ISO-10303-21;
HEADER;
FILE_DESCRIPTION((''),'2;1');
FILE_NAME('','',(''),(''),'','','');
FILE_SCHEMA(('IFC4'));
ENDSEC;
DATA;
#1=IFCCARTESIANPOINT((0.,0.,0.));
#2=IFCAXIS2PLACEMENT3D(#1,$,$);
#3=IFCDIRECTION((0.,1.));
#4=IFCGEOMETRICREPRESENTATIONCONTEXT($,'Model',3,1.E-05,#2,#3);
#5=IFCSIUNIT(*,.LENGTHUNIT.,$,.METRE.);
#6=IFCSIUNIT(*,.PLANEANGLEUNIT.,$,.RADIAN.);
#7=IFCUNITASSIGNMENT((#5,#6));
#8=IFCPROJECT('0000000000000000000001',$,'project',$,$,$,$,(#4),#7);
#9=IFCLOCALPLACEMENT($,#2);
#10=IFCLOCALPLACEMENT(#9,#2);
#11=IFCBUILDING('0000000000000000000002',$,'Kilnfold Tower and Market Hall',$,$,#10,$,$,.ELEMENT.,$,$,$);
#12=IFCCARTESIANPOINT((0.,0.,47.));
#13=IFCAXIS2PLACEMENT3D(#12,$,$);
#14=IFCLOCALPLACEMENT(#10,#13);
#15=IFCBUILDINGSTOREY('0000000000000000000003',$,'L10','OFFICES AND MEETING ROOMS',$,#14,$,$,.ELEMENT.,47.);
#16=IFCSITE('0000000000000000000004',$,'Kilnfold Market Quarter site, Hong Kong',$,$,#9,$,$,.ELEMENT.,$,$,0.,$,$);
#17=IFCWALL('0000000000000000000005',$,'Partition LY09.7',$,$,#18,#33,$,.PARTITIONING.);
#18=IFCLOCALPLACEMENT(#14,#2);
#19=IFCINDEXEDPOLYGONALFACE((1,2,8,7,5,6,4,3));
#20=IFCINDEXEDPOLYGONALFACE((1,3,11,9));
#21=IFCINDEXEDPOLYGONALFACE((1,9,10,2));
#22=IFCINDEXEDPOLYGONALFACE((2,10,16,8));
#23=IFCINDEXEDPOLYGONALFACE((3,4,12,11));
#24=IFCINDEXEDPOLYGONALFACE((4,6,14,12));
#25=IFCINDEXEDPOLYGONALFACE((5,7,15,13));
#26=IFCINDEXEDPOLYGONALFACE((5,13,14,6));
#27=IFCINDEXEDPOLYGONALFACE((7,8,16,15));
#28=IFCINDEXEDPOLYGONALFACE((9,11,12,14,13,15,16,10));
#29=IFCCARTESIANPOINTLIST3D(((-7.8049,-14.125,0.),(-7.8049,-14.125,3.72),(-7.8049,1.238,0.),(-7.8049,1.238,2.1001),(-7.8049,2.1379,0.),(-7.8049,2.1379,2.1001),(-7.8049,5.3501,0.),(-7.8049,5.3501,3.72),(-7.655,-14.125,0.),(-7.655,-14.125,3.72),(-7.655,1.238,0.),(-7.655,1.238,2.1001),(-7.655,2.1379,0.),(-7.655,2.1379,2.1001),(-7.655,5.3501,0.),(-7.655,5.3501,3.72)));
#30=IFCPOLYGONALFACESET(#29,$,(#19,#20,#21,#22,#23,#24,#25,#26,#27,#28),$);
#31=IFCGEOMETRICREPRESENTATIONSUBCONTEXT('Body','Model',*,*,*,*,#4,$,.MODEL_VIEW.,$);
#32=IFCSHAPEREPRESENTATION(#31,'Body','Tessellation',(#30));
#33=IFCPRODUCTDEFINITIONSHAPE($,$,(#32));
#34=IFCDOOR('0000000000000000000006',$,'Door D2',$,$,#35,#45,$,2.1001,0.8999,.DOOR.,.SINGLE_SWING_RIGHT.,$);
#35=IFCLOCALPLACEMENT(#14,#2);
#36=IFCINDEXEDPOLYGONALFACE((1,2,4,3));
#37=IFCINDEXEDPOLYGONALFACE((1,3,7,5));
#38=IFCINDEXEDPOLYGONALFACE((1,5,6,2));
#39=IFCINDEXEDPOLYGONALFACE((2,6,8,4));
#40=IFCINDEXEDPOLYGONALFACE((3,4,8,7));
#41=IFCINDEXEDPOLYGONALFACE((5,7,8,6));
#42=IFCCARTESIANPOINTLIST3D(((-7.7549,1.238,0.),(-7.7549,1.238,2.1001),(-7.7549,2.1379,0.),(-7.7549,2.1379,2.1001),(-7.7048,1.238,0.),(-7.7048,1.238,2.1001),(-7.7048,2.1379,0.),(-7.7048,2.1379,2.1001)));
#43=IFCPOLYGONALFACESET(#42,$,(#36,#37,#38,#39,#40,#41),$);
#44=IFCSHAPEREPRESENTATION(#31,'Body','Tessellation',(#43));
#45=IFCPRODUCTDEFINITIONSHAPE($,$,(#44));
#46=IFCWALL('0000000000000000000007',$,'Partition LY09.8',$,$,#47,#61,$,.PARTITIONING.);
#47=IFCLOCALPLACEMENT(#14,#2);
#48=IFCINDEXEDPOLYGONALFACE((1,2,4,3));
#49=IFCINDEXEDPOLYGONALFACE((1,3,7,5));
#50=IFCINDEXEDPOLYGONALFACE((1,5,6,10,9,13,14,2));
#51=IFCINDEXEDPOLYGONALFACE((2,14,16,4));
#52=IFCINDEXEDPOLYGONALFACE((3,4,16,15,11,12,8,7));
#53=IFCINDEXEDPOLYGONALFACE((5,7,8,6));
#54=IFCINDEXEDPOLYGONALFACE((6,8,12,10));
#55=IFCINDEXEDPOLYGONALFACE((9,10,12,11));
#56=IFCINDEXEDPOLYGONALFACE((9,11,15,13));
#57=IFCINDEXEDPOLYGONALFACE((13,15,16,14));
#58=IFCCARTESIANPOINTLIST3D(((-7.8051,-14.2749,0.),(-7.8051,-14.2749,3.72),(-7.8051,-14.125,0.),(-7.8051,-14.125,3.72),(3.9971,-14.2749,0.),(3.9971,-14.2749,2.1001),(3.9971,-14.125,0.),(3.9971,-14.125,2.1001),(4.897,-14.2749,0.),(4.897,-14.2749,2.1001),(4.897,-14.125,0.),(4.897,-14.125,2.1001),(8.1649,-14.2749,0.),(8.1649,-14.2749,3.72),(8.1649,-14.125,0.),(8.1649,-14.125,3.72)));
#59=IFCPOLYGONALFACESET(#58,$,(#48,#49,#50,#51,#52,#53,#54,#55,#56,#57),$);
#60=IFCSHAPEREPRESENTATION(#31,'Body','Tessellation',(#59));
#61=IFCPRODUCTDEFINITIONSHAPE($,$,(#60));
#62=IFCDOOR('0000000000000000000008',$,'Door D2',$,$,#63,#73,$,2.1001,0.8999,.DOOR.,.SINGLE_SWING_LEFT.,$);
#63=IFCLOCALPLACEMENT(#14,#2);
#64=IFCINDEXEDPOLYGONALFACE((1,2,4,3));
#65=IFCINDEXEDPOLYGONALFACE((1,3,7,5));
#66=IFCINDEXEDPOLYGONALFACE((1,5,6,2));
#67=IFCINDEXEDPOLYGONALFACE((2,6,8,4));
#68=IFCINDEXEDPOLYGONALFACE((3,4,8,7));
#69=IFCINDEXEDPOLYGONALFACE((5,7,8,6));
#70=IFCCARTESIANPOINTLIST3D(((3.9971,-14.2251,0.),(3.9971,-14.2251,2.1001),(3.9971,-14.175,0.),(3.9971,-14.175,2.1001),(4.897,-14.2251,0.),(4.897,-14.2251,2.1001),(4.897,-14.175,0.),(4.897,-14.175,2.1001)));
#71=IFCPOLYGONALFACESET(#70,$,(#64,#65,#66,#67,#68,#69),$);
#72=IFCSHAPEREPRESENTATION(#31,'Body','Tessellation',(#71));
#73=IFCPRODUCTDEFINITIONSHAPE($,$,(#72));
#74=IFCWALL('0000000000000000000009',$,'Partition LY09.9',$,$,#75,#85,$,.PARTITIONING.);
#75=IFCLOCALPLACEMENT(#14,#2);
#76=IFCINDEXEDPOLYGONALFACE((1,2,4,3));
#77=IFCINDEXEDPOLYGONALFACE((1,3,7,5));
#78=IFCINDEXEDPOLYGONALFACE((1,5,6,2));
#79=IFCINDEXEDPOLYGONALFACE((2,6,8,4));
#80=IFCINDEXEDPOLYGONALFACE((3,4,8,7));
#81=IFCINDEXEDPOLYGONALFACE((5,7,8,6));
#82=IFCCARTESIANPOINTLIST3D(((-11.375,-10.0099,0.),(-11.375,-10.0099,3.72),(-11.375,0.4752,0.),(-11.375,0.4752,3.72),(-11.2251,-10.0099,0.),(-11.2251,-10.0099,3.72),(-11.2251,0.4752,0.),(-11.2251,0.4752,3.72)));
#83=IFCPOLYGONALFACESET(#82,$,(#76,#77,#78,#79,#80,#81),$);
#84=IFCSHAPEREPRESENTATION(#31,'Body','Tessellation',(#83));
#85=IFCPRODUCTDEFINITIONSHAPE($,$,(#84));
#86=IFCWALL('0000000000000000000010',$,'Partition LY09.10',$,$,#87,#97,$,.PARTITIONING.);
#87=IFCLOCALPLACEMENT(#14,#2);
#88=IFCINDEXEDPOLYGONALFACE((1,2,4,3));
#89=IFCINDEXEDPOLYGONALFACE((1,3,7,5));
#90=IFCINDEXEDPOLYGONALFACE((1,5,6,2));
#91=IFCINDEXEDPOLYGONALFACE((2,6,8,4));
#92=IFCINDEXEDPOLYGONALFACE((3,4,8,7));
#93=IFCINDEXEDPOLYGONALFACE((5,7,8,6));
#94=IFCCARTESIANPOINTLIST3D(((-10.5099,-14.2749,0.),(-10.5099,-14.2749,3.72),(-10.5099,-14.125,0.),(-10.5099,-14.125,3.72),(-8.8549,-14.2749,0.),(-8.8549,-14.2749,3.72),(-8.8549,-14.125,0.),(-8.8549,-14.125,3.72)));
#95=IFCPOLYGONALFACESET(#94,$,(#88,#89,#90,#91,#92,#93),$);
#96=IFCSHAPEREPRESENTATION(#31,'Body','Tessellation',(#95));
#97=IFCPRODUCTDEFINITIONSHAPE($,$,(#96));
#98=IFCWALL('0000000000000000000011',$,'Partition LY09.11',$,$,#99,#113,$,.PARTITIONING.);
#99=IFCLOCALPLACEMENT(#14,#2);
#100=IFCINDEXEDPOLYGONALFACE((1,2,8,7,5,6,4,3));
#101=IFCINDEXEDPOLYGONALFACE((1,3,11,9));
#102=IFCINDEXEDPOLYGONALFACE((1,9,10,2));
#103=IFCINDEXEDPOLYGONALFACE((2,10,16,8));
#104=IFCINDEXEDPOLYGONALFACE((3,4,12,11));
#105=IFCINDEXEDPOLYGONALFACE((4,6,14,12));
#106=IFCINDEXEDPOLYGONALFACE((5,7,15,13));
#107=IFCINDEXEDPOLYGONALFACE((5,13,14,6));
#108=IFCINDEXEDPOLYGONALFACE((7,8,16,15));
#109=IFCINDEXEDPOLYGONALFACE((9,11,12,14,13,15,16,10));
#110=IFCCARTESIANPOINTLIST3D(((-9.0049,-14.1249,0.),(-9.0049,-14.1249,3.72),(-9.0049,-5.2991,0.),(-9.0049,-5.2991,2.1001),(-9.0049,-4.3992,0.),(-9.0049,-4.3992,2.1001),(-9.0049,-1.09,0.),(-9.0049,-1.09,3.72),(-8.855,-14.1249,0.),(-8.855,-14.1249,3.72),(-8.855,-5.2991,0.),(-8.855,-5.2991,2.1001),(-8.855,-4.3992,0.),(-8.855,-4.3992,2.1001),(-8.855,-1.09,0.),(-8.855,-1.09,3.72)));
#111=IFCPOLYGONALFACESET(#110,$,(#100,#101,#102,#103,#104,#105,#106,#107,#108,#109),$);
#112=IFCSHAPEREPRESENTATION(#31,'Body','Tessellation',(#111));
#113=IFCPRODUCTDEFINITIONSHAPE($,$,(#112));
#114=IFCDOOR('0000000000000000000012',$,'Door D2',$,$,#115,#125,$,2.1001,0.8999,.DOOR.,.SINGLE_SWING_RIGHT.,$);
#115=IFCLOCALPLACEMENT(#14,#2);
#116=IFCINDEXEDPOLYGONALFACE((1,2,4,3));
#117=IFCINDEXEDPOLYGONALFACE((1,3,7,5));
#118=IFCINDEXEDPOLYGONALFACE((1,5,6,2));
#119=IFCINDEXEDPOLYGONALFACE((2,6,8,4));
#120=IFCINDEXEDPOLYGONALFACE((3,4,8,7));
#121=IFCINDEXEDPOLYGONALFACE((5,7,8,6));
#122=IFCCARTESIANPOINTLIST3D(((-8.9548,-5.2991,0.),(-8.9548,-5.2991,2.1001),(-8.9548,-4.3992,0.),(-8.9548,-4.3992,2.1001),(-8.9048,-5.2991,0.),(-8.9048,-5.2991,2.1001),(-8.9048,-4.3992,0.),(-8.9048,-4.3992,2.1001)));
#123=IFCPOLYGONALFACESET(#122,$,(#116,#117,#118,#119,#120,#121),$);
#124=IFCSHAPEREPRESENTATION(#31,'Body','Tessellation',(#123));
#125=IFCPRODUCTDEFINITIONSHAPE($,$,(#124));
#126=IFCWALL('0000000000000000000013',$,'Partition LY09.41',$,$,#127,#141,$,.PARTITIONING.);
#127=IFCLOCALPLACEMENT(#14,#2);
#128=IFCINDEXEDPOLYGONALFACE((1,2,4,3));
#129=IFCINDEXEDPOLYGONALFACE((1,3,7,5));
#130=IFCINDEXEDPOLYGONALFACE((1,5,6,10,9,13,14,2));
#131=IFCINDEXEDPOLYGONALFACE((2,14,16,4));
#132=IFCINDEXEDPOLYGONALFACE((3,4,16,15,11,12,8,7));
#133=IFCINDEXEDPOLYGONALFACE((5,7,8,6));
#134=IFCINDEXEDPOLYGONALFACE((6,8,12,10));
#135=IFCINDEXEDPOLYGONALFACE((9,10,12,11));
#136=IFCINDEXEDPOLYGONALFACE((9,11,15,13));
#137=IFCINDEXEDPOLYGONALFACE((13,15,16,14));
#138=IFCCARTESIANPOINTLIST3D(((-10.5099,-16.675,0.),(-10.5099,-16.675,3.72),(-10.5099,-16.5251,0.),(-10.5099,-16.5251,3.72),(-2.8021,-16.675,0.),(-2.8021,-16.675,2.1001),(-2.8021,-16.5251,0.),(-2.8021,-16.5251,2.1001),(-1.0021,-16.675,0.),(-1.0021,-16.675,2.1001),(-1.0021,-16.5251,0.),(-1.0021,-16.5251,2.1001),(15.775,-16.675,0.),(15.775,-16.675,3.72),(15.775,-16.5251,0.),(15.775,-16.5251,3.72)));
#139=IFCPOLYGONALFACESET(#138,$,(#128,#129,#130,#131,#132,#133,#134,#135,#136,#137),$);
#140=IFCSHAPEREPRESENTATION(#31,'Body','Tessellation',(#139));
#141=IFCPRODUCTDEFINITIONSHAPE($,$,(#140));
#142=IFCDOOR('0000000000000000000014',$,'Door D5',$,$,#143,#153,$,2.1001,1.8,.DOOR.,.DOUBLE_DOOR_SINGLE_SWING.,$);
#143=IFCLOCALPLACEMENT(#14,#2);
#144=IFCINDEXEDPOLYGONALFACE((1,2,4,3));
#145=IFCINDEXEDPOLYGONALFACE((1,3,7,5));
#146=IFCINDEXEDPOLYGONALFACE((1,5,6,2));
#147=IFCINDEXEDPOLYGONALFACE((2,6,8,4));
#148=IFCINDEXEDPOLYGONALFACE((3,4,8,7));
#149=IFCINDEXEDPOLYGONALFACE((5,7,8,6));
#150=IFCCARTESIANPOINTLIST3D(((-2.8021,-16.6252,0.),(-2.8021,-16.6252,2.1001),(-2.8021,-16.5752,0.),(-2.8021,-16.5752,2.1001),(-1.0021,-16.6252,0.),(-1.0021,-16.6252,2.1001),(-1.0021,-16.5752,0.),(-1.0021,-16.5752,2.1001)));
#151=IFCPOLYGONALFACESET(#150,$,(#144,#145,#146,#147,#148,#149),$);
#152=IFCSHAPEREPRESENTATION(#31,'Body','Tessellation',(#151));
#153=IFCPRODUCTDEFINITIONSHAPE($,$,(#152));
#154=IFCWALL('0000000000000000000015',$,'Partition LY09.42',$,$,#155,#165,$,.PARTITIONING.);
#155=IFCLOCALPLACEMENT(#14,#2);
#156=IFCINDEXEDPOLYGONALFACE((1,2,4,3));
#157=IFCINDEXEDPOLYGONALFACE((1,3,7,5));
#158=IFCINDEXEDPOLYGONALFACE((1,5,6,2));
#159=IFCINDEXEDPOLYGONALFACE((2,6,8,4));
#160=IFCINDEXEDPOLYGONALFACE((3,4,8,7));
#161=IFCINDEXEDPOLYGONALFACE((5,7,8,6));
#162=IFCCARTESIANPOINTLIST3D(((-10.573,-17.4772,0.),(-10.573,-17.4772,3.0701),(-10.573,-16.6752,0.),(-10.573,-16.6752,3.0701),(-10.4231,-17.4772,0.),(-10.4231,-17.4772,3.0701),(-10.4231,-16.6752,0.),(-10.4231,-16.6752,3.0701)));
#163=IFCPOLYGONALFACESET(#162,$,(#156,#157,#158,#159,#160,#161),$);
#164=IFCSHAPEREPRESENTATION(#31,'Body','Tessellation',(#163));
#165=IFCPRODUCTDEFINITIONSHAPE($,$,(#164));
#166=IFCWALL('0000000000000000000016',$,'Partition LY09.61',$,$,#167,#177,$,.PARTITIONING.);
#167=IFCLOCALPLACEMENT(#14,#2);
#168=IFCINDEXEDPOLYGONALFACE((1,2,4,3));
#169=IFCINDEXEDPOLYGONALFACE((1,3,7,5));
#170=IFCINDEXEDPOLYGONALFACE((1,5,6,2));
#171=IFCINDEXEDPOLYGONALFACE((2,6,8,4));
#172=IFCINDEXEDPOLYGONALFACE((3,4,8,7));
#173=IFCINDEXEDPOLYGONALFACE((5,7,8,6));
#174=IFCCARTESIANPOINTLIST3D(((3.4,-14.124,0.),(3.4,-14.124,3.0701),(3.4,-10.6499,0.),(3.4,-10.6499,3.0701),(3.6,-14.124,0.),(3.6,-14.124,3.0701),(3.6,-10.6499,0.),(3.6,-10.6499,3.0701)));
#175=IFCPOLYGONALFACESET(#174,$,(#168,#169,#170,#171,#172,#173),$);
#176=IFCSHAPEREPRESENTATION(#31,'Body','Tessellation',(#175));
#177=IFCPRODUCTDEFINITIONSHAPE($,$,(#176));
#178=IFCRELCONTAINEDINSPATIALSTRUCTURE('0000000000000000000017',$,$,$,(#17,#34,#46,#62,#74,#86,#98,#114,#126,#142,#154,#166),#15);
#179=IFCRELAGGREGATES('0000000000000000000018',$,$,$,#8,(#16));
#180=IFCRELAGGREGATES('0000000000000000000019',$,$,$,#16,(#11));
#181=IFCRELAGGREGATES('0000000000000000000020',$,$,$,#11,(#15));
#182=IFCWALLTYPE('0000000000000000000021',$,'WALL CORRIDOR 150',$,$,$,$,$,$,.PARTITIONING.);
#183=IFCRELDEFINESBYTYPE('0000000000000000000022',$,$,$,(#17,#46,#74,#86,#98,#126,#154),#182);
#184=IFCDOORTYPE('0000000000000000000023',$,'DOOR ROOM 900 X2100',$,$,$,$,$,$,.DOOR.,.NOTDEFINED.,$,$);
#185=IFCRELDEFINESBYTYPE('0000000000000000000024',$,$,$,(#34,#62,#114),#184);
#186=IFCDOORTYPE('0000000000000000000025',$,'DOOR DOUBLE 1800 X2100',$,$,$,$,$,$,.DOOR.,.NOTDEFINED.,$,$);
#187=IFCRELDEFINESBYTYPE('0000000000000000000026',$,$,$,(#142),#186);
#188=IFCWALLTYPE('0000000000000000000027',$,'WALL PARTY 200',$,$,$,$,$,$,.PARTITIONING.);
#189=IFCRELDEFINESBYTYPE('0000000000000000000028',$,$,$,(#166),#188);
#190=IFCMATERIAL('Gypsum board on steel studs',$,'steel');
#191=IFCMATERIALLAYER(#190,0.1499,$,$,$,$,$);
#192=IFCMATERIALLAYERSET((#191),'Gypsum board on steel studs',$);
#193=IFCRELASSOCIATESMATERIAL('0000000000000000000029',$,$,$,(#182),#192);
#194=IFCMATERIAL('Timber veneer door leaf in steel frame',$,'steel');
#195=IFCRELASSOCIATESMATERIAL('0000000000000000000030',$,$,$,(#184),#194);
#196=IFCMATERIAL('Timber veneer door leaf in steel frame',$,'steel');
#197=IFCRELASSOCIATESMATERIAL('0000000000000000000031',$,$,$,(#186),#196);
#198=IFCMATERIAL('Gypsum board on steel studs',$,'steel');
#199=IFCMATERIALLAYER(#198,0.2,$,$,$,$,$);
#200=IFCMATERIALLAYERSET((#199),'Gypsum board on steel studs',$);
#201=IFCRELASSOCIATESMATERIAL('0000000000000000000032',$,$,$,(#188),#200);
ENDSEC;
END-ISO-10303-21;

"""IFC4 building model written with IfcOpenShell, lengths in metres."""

from ifc_helpers import new_model, si_unit, direction, frame, frame_2d, origin, place, context, subcontext, project, spatial, rectangle, extrude, material, layer, layer_set, type_object, element, fill, save


model = new_model("IFC4")

# Units and contexts
model_context = context("Model", 3, precision=1e-05, world=origin(), true_north=direction((0.0, 1.0)))
body_context = subcontext(model_context, "Body", "Model", "MODEL_VIEW")
ifc_project = project(units=[si_unit("LENGTHUNIT", "METRE"), si_unit("PLANEANGLEUNIT", "RADIAN")], contexts=[model_context])

# Site, building, storey
site_placement = place(None, origin())
site = spatial("IfcSite", under=ifc_project, at=site_placement, Name="Kilnfold Market Quarter site, Hong Kong", CompositionType="ELEMENT", RefElevation=0.0)
building_placement = place(site_placement, origin())
building = spatial("IfcBuilding", under=site, at=building_placement, Name="Kilnfold Tower and Market Hall", CompositionType="ELEMENT")
storey_placement = place(building_placement, frame((0.0, 0.0, 47.0)))
storey = spatial("IfcBuildingStorey", under=building, at=storey_placement, Name="L10", Description="OFFICES AND MEETING ROOMS", CompositionType="ELEMENT", Elevation=47.0)

# Walls, openings, doors
ifc_material_1 = material(Name="Gypsum board on steel studs", Category="steel")
ifc_layer_1 = layer(ifc_material_1, 0.1499)
ifc_layer_set_1 = layer_set([ifc_layer_1], Name="Gypsum board on steel studs")
wall_type_1 = type_object("IfcWallType", Name="WALL CORRIDOR 150", PredefinedType="PARTITIONING", material=ifc_layer_set_1)
wall_1_placement = place(storey_placement, frame((-7.73, -14.125, 0.0), z_axis=(0.0, 0.0, 1.0), x_axis=(0.0, 1.0, 0.0)))
wall_1 = element("IfcWall", 1, at=wall_1_placement, inside=storey, type_object=wall_type_1, Name="Partition LY09.7", PredefinedType="PARTITIONING", context=body_context, shape_type="SweptSolid", body=[
    extrude(rectangle(XDim=19.4751, YDim=0.1499, at=frame_2d((9.7375, 0.0))), origin(), (0.0, 0.0, 1.0), 3.72),
])
opening_1_placement = place(wall_1_placement, frame((15.363, 0.0, 0.0)))
opening_1 = element("IfcOpeningElement", 2, at=opening_1_placement, cuts=wall_1, PredefinedType="OPENING", context=body_context, shape_type="SweptSolid", body=[
    extrude(rectangle(XDim=0.8999, YDim=2.1001, at=frame_2d((0.45, 1.05))), frame((0.0, 0.085, 0.0), z_axis=(0.0, -1.0, 0.0), x_axis=(1.0, 0.0, 0.0)), (0.0, 0.0, 1.0), 0.1699),
])
ifc_material_2 = material(Name="Timber veneer door leaf in steel frame", Category="steel")
door_type_1 = type_object("IfcDoorType", Name="DOOR ROOM 900 X2100", OperationType="NOTDEFINED", PredefinedType="DOOR", material=ifc_material_2)
door_1_placement = place(opening_1_placement, origin())
door_1 = element("IfcDoor", 3, at=door_1_placement, inside=storey, type_object=door_type_1, Name="Door D2", OperationType="SINGLE_SWING_RIGHT", OverallHeight=2.1001, OverallWidth=0.8999, PredefinedType="DOOR", context=body_context, shape_type="SweptSolid", body=[
    extrude(rectangle(XDim=0.8999, YDim=2.1001, at=frame_2d((0.45, 1.05))), frame((0.0, 0.0249, 0.0), z_axis=(0.0, -1.0, 0.0), x_axis=(1.0, 0.0, 0.0)), (0.0, 0.0, 1.0), 0.05),
])
fill(opening_1, door_1)
wall_2_placement = place(storey_placement, frame((-7.8049, -14.2, 0.0), z_axis=(0.0, 0.0, 1.0), x_axis=(1.0, 0.0, 0.0)))
wall_2 = element("IfcWall", 4, at=wall_2_placement, inside=storey, type_object=wall_type_1, Name="Partition LY09.8", PredefinedType="PARTITIONING", context=body_context, shape_type="SweptSolid", body=[
    extrude(rectangle(XDim=15.97, YDim=0.1499, at=frame_2d((7.9849, 0.0))), origin(), (0.0, 0.0, 1.0), 3.72),
])
opening_2_placement = place(wall_2_placement, frame((11.802, 0.0, 0.0)))
opening_2 = element("IfcOpeningElement", 5, at=opening_2_placement, cuts=wall_2, PredefinedType="OPENING", context=body_context, shape_type="SweptSolid", body=[
    extrude(rectangle(XDim=0.8999, YDim=2.1001, at=frame_2d((0.45, 1.05))), frame((0.0, 0.085, 0.0), z_axis=(0.0, -1.0, 0.0), x_axis=(1.0, 0.0, 0.0)), (0.0, 0.0, 1.0), 0.1699),
])
door_2_placement = place(opening_2_placement, origin())
door_2 = element("IfcDoor", 6, at=door_2_placement, inside=storey, type_object=door_type_1, Name="Door D2", OperationType="SINGLE_SWING_LEFT", OverallHeight=2.1001, OverallWidth=0.8999, PredefinedType="DOOR", context=body_context, shape_type="SweptSolid", body=[
    extrude(rectangle(XDim=0.8999, YDim=2.1001, at=frame_2d((0.45, 1.05))), frame((0.0, 0.0249, 0.0), z_axis=(0.0, -1.0, 0.0), x_axis=(1.0, 0.0, 0.0)), (0.0, 0.0, 1.0), 0.05),
])
fill(opening_2, door_2)

# Walls
wall_3_placement = place(storey_placement, frame((-11.3, -10.01, 0.0), z_axis=(0.0, 0.0, 1.0), x_axis=(0.0, 1.0, 0.0)))
element("IfcWall", 7, at=wall_3_placement, inside=storey, type_object=wall_type_1, Name="Partition LY09.9", PredefinedType="PARTITIONING", context=body_context, shape_type="SweptSolid", body=[
    extrude(rectangle(XDim=10.4851, YDim=0.1499, at=frame_2d((5.2427, 0.0))), origin(), (0.0, 0.0, 1.0), 3.72),
])
wall_4_placement = place(storey_placement, frame((-10.51, -14.2, 0.0), z_axis=(0.0, 0.0, 1.0), x_axis=(1.0, 0.0, 0.0)))
element("IfcWall", 8, at=wall_4_placement, inside=storey, type_object=wall_type_1, Name="Partition LY09.10", PredefinedType="PARTITIONING", context=body_context, shape_type="SweptSolid", body=[
    extrude(rectangle(XDim=1.655, YDim=0.1499, at=frame_2d((0.8276, 0.0))), origin(), (0.0, 0.0, 1.0), 3.72),
])

# Walls, openings, doors
wall_5_placement = place(storey_placement, frame((-8.9299, -14.125, 0.0), z_axis=(0.0, 0.0, 1.0), x_axis=(0.0, 1.0, 0.0)))
wall_5 = element("IfcWall", 9, at=wall_5_placement, inside=storey, type_object=wall_type_1, Name="Partition LY09.11", PredefinedType="PARTITIONING", context=body_context, shape_type="SweptSolid", body=[
    extrude(rectangle(XDim=13.0349, YDim=0.1499, at=frame_2d((6.5176, 0.0))), origin(), (0.0, 0.0, 1.0), 3.72),
])
opening_3_placement = place(wall_5_placement, frame((8.8259, 0.0, 0.0)))
opening_3 = element("IfcOpeningElement", 10, at=opening_3_placement, cuts=wall_5, PredefinedType="OPENING", context=body_context, shape_type="SweptSolid", body=[
    extrude(rectangle(XDim=0.8999, YDim=2.1001, at=frame_2d((0.45, 1.05))), frame((0.0, 0.085, 0.0), z_axis=(0.0, -1.0, 0.0), x_axis=(1.0, 0.0, 0.0)), (0.0, 0.0, 1.0), 0.1699),
])
door_3_placement = place(opening_3_placement, origin())
door_3 = element("IfcDoor", 11, at=door_3_placement, inside=storey, type_object=door_type_1, Name="Door D2", OperationType="SINGLE_SWING_RIGHT", OverallHeight=2.1001, OverallWidth=0.8999, PredefinedType="DOOR", context=body_context, shape_type="SweptSolid", body=[
    extrude(rectangle(XDim=0.8999, YDim=2.1001, at=frame_2d((0.45, 1.05))), frame((0.0, 0.0249, 0.0), z_axis=(0.0, -1.0, 0.0), x_axis=(1.0, 0.0, 0.0)), (0.0, 0.0, 1.0), 0.05),
])
fill(opening_3, door_3)
wall_6_placement = place(storey_placement, frame((-10.51, -16.6001, 0.0), z_axis=(0.0, 0.0, 1.0), x_axis=(1.0, 0.0, 0.0)))
wall_6 = element("IfcWall", 12, at=wall_6_placement, inside=storey, type_object=wall_type_1, Name="Partition LY09.41", PredefinedType="PARTITIONING", context=body_context, shape_type="SweptSolid", body=[
    extrude(rectangle(XDim=26.2849, YDim=0.1499, at=frame_2d((13.1426, 0.0))), origin(), (0.0, 0.0, 1.0), 3.72),
])
opening_4_placement = place(wall_6_placement, frame((7.708, 0.0, 0.0)))
opening_4 = element("IfcOpeningElement", 13, at=opening_4_placement, cuts=wall_6, PredefinedType="OPENING", context=body_context, shape_type="SweptSolid", body=[
    extrude(rectangle(XDim=1.8, YDim=2.1001, at=frame_2d((0.8999, 1.05))), frame((0.0, 0.085, 0.0), z_axis=(0.0, -1.0, 0.0), x_axis=(1.0, 0.0, 0.0)), (0.0, 0.0, 1.0), 0.1699),
])
ifc_material_3 = material(Name="Timber veneer door leaf in steel frame", Category="steel")
door_type_2 = type_object("IfcDoorType", Name="DOOR DOUBLE 1800 X2100", OperationType="NOTDEFINED", PredefinedType="DOOR", material=ifc_material_3)
door_4_placement = place(opening_4_placement, origin())
door_4 = element("IfcDoor", 14, at=door_4_placement, inside=storey, type_object=door_type_2, Name="Door D5", OperationType="DOUBLE_DOOR_SINGLE_SWING", OverallHeight=2.1001, OverallWidth=1.8, PredefinedType="DOOR", context=body_context, shape_type="SweptSolid", body=[
    extrude(rectangle(XDim=1.8, YDim=2.1001, at=frame_2d((0.8999, 1.05))), frame((0.0, 0.0249, 0.0), z_axis=(0.0, -1.0, 0.0), x_axis=(1.0, 0.0, 0.0)), (0.0, 0.0, 1.0), 0.05),
])
fill(opening_4, door_4)

# Walls
wall_7_placement = place(storey_placement, frame((-10.498, -17.4771, 0.0), z_axis=(0.0, 0.0, 1.0), x_axis=(0.0, 1.0, 0.0)))
element("IfcWall", 15, at=wall_7_placement, inside=storey, type_object=wall_type_1, Name="Partition LY09.42", PredefinedType="PARTITIONING", context=body_context, shape_type="SweptSolid", body=[
    extrude(rectangle(XDim=0.802, YDim=0.1499, at=frame_2d((0.4009, 0.0))), origin(), (0.0, 0.0, 1.0), 3.0701),
])
ifc_material_4 = material(Name="Gypsum board on steel studs", Category="steel")
ifc_layer_2 = layer(ifc_material_4, 0.2)
ifc_layer_set_2 = layer_set([ifc_layer_2], Name="Gypsum board on steel studs")
wall_type_2 = type_object("IfcWallType", Name="WALL PARTY 200", PredefinedType="PARTITIONING", material=ifc_layer_set_2)
wall_8_placement = place(storey_placement, frame((3.5, -14.124, 0.0), z_axis=(0.0, 0.0, 1.0), x_axis=(0.0, 1.0, 0.0)))
element("IfcWall", 16, at=wall_8_placement, inside=storey, type_object=wall_type_2, Name="Partition LY09.61", PredefinedType="PARTITIONING", context=body_context, shape_type="SweptSolid", body=[
    extrude(rectangle(XDim=3.4741, YDim=0.2, at=frame_2d((1.7371, 0.0))), origin(), (0.0, 0.0, 1.0), 3.0701),
])

save(model, "model.ifc")
